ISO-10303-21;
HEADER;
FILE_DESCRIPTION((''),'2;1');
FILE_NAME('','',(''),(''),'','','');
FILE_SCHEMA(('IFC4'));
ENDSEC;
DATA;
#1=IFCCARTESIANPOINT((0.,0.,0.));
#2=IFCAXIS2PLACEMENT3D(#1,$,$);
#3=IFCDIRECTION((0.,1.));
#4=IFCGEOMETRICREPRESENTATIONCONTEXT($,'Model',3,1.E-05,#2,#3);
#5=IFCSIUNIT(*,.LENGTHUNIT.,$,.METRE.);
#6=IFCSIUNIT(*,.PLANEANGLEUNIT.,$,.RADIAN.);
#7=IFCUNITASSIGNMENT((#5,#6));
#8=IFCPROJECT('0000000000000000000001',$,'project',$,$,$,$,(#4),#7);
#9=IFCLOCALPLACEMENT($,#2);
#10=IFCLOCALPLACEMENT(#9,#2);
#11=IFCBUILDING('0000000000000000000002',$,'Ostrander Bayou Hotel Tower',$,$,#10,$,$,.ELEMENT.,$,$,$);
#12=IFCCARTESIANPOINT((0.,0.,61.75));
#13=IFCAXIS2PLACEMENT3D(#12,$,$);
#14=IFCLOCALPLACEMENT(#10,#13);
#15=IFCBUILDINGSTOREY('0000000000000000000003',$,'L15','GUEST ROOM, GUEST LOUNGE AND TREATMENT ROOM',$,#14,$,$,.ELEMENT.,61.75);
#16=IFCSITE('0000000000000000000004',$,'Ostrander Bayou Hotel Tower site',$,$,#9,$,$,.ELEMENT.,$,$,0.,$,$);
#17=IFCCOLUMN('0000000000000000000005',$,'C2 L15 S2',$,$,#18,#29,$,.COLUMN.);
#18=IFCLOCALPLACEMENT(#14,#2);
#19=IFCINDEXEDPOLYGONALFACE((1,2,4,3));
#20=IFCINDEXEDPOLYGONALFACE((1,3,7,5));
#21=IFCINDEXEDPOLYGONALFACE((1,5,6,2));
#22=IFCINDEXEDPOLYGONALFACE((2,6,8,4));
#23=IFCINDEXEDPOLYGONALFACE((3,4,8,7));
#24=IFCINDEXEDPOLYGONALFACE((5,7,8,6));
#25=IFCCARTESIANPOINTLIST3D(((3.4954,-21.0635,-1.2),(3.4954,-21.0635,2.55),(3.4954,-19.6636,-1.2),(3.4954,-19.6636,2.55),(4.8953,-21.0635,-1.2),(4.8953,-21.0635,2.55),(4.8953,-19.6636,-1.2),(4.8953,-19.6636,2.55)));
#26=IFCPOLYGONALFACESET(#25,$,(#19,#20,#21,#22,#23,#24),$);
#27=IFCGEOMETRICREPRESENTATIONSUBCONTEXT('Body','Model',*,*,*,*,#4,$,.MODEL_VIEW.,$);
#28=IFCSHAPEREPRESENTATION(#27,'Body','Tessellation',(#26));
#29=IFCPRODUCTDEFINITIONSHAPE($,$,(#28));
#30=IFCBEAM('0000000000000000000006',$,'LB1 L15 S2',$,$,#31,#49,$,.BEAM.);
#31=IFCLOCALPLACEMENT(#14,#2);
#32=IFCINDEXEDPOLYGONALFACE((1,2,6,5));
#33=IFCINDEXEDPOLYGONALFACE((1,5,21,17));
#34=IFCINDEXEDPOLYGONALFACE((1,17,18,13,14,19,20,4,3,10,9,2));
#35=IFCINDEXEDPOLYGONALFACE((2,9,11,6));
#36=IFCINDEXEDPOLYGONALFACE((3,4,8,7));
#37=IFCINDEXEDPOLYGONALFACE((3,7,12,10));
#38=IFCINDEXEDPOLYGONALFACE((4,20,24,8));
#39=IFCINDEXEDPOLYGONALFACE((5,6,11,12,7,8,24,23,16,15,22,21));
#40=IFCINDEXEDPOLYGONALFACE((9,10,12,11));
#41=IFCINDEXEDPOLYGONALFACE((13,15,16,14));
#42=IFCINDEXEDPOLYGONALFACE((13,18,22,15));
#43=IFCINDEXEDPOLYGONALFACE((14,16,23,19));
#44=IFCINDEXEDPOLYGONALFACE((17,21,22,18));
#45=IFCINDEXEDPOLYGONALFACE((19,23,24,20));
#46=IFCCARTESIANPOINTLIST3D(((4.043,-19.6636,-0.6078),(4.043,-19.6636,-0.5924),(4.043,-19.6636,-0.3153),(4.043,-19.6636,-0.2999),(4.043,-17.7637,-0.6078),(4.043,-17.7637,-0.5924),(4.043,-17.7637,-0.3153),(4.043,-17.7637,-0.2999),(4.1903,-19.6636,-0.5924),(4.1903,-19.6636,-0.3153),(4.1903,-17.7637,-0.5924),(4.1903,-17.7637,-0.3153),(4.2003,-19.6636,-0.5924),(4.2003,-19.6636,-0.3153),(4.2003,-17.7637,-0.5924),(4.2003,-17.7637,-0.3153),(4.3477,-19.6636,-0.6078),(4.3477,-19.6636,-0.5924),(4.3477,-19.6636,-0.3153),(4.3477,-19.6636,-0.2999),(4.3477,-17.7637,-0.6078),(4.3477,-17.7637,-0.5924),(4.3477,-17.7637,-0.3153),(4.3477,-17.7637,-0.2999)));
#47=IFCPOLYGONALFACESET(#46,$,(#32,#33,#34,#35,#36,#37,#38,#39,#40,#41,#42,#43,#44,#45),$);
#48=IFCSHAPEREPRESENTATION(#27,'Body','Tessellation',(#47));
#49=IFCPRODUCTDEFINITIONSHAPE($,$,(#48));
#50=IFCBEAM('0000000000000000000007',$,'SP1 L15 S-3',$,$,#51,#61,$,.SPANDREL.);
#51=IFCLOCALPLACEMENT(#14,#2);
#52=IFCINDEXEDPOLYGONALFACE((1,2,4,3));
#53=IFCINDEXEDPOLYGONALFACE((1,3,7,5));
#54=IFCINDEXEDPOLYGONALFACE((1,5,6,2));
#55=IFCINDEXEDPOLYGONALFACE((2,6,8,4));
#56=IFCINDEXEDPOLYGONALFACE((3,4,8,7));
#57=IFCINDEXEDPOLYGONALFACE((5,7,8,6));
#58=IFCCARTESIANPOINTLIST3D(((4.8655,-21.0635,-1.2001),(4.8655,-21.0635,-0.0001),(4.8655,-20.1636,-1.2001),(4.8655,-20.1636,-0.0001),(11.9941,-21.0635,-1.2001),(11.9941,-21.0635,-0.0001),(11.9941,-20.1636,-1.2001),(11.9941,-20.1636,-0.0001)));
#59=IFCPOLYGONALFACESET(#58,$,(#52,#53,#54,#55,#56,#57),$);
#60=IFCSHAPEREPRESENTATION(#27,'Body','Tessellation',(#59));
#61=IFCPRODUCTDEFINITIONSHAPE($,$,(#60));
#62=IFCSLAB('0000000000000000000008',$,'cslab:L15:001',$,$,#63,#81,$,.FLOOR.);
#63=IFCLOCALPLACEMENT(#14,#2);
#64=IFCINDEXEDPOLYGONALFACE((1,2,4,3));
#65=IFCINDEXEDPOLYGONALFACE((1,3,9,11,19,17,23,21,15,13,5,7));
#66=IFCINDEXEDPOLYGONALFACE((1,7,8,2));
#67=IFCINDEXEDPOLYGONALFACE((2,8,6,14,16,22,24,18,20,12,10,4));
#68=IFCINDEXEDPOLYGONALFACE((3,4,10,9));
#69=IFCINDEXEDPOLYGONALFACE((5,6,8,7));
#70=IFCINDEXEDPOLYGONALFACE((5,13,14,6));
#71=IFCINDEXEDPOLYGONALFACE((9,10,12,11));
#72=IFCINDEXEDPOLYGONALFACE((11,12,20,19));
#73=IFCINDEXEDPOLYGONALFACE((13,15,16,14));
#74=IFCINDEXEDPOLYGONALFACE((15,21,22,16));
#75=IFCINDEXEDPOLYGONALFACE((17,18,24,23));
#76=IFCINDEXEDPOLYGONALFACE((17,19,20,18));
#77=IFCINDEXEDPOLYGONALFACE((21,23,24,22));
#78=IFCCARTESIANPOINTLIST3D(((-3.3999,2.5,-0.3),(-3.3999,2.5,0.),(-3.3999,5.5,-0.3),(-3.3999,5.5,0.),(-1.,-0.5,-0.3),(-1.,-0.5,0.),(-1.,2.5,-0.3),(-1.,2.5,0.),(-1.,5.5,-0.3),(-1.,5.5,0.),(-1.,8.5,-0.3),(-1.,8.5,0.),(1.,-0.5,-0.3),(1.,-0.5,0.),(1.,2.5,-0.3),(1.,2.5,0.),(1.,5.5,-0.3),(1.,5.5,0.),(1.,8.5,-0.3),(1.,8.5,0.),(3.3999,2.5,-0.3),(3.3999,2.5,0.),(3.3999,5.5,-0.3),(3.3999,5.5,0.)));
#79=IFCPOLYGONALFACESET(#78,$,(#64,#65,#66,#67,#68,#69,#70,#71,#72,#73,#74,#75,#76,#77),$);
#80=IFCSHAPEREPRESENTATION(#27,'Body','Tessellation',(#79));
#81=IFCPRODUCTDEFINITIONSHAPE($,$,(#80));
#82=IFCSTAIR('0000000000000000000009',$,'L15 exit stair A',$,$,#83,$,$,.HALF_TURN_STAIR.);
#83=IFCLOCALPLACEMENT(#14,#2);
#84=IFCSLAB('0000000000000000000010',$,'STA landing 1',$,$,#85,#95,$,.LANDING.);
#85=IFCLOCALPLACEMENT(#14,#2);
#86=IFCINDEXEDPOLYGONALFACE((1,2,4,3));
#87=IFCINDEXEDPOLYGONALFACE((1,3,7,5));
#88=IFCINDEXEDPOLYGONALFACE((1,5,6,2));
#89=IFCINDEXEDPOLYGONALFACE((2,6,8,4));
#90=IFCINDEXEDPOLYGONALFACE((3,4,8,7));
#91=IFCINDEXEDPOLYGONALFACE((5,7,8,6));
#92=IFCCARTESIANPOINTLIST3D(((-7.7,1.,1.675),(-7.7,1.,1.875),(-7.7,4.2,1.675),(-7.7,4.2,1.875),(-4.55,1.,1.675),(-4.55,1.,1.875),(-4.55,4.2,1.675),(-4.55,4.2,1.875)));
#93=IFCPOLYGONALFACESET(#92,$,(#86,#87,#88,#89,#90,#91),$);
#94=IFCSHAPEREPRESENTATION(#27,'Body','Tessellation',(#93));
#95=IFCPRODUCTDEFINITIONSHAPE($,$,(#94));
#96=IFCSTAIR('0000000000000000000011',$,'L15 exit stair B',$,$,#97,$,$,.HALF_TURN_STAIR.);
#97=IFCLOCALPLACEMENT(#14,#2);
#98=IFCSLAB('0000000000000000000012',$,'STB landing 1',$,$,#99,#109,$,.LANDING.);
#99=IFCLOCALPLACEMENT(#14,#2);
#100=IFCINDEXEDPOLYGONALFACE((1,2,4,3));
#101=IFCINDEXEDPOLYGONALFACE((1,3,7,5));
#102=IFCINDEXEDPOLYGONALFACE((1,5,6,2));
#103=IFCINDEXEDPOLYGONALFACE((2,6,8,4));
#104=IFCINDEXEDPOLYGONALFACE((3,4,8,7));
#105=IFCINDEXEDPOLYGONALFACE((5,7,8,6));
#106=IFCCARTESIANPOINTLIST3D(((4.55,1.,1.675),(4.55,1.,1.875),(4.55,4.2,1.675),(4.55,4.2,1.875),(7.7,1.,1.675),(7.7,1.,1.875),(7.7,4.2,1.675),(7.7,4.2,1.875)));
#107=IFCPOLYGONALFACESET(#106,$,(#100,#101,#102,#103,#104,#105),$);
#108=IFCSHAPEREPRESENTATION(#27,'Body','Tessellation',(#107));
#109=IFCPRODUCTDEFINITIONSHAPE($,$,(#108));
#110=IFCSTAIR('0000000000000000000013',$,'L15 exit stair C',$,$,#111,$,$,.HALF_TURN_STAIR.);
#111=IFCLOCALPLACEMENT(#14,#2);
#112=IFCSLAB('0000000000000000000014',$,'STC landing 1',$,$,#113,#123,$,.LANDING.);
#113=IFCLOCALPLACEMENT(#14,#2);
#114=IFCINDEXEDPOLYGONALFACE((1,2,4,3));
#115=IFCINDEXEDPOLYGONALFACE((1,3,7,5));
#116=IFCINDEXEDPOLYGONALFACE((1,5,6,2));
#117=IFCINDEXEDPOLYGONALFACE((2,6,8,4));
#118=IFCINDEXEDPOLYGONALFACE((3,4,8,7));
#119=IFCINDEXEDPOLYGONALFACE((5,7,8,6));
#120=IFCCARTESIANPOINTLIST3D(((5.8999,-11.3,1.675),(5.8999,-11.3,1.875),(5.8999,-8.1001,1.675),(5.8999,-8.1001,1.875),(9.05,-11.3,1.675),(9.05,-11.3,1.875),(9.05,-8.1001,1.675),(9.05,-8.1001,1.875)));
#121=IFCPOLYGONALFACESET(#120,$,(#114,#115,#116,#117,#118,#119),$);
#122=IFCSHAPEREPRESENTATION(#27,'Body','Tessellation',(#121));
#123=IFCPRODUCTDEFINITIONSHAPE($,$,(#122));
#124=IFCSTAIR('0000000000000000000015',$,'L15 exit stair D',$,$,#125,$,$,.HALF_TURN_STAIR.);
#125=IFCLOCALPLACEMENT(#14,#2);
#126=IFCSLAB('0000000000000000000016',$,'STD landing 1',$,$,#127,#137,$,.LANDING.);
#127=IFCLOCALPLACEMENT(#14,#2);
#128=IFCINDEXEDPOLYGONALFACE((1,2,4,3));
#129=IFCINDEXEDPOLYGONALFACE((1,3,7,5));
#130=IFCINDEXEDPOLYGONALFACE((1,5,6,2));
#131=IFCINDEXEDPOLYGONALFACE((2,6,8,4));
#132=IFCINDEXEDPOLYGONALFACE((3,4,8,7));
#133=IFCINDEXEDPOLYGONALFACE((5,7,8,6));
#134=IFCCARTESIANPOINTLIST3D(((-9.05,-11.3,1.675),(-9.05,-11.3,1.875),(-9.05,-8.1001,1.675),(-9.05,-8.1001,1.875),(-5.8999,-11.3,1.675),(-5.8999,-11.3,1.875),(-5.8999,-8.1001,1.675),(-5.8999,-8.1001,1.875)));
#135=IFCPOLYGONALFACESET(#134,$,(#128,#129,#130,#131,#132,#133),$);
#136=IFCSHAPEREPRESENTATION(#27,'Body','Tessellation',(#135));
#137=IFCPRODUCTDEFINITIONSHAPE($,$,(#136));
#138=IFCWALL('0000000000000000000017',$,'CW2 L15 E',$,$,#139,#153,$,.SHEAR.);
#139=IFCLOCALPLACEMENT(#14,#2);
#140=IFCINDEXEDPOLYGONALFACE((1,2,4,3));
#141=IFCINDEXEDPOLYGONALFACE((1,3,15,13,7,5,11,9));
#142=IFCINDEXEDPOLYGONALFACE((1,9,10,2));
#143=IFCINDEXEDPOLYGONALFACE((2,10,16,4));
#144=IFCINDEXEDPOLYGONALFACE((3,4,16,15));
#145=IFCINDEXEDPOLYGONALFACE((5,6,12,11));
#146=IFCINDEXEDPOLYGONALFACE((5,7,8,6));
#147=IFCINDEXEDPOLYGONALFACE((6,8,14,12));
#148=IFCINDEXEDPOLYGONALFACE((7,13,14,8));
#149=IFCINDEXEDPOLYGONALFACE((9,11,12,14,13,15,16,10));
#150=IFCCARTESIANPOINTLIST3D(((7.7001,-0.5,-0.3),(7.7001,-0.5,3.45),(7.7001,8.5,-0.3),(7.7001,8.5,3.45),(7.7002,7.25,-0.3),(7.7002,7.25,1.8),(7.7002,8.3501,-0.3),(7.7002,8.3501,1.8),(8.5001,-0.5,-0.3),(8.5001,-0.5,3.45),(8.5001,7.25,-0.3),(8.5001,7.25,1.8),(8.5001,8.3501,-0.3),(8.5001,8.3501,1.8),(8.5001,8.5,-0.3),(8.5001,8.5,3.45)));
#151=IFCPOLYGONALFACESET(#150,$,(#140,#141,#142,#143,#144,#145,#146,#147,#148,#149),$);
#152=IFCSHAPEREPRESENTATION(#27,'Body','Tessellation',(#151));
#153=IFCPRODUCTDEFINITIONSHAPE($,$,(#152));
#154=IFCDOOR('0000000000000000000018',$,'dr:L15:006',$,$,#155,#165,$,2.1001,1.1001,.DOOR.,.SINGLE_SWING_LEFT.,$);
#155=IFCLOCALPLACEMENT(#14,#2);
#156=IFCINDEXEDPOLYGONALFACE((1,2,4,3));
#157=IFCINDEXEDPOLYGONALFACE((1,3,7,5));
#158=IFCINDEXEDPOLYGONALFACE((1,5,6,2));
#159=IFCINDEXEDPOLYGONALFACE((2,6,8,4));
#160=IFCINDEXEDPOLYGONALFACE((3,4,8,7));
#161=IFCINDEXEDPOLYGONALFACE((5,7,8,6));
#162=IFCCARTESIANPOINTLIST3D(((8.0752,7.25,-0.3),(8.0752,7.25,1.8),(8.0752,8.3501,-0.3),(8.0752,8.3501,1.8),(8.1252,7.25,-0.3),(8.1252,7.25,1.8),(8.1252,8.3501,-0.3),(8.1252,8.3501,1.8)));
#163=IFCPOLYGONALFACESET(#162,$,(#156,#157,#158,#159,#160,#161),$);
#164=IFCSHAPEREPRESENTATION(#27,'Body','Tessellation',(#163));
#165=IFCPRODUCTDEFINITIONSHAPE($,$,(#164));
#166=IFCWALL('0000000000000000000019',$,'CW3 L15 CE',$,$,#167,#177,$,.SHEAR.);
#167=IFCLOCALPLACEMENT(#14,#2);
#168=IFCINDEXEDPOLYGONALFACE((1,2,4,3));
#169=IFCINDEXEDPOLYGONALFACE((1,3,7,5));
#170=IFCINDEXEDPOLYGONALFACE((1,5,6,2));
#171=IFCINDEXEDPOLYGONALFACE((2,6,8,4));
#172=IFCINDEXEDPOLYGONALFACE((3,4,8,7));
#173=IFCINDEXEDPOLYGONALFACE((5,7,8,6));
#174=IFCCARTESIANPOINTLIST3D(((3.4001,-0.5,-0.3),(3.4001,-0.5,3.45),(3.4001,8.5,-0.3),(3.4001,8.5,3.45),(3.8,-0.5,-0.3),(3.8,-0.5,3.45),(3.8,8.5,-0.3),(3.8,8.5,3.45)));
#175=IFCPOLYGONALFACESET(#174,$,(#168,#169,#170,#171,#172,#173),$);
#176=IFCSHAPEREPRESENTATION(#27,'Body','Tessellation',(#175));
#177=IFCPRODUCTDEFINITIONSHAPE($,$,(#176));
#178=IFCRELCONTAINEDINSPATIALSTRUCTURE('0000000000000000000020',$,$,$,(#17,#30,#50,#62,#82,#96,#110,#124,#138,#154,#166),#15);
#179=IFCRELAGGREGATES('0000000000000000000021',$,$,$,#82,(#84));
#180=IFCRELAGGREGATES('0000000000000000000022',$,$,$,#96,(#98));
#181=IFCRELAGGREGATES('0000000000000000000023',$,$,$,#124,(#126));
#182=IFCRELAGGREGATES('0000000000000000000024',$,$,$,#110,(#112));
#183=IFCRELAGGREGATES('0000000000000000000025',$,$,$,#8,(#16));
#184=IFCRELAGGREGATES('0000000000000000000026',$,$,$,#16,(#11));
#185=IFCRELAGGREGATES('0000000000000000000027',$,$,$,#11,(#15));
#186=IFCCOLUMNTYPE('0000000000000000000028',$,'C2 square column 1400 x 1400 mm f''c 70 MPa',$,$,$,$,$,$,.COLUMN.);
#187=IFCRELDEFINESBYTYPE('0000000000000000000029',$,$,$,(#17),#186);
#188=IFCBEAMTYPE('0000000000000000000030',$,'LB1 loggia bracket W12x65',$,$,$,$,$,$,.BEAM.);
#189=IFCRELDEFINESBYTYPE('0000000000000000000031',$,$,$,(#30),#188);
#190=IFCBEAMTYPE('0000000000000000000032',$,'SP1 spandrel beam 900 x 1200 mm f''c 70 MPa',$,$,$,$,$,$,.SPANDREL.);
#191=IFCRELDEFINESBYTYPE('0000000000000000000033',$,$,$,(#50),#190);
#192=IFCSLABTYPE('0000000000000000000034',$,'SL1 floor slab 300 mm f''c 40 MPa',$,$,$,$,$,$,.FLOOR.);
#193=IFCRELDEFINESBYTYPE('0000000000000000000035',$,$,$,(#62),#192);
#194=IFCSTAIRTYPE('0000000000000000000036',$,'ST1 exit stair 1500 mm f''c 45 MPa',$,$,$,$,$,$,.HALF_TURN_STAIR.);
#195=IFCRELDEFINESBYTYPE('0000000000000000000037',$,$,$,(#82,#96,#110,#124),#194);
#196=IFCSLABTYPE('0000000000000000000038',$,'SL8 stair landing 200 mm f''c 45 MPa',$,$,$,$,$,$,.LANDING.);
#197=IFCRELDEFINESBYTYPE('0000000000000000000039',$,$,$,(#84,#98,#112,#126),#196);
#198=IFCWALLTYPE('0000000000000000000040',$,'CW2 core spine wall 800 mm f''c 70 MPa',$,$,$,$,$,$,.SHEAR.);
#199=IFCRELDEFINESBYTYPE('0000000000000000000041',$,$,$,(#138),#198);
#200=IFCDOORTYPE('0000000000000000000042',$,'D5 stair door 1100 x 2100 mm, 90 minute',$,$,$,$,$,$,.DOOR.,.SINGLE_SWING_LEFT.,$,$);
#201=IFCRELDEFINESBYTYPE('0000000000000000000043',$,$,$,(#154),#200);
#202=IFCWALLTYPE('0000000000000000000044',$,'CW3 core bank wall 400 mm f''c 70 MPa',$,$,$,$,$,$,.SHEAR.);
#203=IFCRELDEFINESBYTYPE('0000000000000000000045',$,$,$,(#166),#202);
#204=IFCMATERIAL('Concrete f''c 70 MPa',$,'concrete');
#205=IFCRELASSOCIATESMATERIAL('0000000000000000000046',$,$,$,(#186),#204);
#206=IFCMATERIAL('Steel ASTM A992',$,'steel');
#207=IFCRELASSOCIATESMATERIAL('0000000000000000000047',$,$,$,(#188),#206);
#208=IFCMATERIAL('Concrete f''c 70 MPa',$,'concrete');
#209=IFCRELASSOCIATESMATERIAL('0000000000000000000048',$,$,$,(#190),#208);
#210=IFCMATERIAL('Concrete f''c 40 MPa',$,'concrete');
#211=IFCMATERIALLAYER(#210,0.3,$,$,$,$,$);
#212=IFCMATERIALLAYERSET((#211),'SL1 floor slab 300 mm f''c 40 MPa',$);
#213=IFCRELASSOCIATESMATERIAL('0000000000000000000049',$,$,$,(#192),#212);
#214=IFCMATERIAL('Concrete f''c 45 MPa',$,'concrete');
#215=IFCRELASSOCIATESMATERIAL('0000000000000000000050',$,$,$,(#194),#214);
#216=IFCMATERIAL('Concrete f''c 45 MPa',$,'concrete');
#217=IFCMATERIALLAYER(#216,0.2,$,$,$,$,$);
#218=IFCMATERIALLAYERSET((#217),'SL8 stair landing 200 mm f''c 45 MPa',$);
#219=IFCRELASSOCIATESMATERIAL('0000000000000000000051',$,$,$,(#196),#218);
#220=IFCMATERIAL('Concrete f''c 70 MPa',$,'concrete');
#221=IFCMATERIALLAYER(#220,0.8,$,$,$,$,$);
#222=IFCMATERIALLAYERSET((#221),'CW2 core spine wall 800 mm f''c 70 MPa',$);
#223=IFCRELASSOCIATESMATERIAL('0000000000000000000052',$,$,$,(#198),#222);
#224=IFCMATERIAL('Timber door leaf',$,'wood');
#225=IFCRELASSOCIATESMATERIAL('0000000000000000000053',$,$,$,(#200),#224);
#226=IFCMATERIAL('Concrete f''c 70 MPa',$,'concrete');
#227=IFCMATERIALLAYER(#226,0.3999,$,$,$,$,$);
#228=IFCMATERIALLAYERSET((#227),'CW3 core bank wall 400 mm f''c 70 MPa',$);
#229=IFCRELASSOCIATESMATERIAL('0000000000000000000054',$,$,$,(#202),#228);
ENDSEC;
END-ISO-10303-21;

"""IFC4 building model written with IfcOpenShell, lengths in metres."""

from ifc_helpers import new_model, si_unit, direction, frame, frame_2d, origin, origin_2d, place, context, subcontext, project, spatial, polyline, rectangle, i_section, outline, extrude, material, layer, layer_set, material_profile, profile_set, type_object, element, fill, aggregate, save


model = new_model("IFC4")

# Units and contexts
model_context = context("Model", 3, precision=1e-05, world=origin(), true_north=direction((0.0, 1.0)))
body_context = subcontext(model_context, "Body", "Model", "MODEL_VIEW")
ifc_project = project(units=[si_unit("LENGTHUNIT", "METRE"), si_unit("PLANEANGLEUNIT", "RADIAN")], contexts=[model_context])

# Site, building, storey
site_placement = place(None, origin())
site = spatial("IfcSite", under=ifc_project, at=site_placement, Name="Ostrander Bayou Hotel Tower site", CompositionType="ELEMENT", RefElevation=0.0)
building_placement = place(site_placement, origin())
building = spatial("IfcBuilding", under=site, at=building_placement, Name="Ostrander Bayou Hotel Tower", CompositionType="ELEMENT")
storey_placement = place(building_placement, frame((0.0, 0.0, 61.75)))
storey = spatial("IfcBuildingStorey", under=building, at=storey_placement, Name="L15", Description="GUEST ROOM, GUEST LOUNGE AND TREATMENT ROOM", CompositionType="ELEMENT", Elevation=61.75)

# Column
ifc_material_1 = material(Name="Concrete f'c 70 MPa", Category="concrete")
ifc_material_profile_1 = material_profile(ifc_material_1, rectangle(XDim=1.3999, YDim=1.3999, at=origin_2d()))
ifc_profile_set_1 = profile_set([ifc_material_profile_1], Name="Concrete f'c 70 MPa")
column_type = type_object("IfcColumnType", Name="C2 square column 1400 x 1400 mm f'c 70 MPa", PredefinedType="COLUMN", material=ifc_profile_set_1)
column_placement = place(storey_placement, frame((4.1953, -20.3635, -1.2), z_axis=(0.0, 0.0, 1.0), x_axis=(-1.0, 0.0, 0.0)))
element("IfcColumn", 1, at=column_placement, inside=storey, type_object=column_type, Name="C2 L15 S2", PredefinedType="COLUMN", context=body_context, shape_type="SweptSolid", body=[
    extrude(rectangle(XDim=1.3999, YDim=1.3999, at=origin_2d()), origin(), (0.0, 0.0, 1.0), 3.75),
])

# Beams
ifc_material_2 = material(Name="Steel ASTM A992", Category="steel")
ifc_material_profile_2 = material_profile(ifc_material_2, i_section(OverallWidth=0.3047, OverallDepth=0.3079, WebThickness=0.01, FlangeThickness=0.0154, at=origin_2d()))
ifc_profile_set_2 = profile_set([ifc_material_profile_2], Name="Steel ASTM A992")
beam_type_1 = type_object("IfcBeamType", Name="LB1 loggia bracket W12x65", PredefinedType="BEAM", material=ifc_profile_set_2)
beam_1_placement = place(storey_placement, frame((4.1953, -19.6636, -0.4539), z_axis=(0.0, 1.0, 0.0), x_axis=(-1.0, 0.0, 0.0)))
element("IfcBeam", 2, at=beam_1_placement, inside=storey, type_object=beam_type_1, Name="LB1 L15 S2", PredefinedType="BEAM", context=body_context, shape_type="SweptSolid", body=[
    extrude(i_section(OverallWidth=0.3047, OverallDepth=0.3079, WebThickness=0.01, FlangeThickness=0.0154, at=origin_2d()), origin(), (0.0, 0.0, 1.0), 1.8999),
])
ifc_material_3 = material(Name="Concrete f'c 70 MPa", Category="concrete")
ifc_material_profile_3 = material_profile(ifc_material_3, rectangle(XDim=0.8999, YDim=1.2, at=origin_2d()))
ifc_profile_set_3 = profile_set([ifc_material_profile_3], Name="Concrete f'c 70 MPa")
beam_type_2 = type_object("IfcBeamType", Name="SP1 spandrel beam 900 x 1200 mm f'c 70 MPa", PredefinedType="SPANDREL", material=ifc_profile_set_3)
beam_2_placement = place(storey_placement, frame((4.8655, -20.6135, -0.6001), z_axis=(1.0, 0.0, 0.0), x_axis=(0.0, 1.0, 0.0)))
element("IfcBeam", 3, at=beam_2_placement, inside=storey, type_object=beam_type_2, Name="SP1 L15 S-3", PredefinedType="SPANDREL", context=body_context, shape_type="SweptSolid", body=[
    extrude(rectangle(XDim=0.8999, YDim=1.2, at=origin_2d()), origin(), (0.0, 0.0, 1.0), 7.1287),
])

# Slab
ifc_material_4 = material(Name="Concrete f'c 40 MPa", Category="concrete")
ifc_layer_1 = layer(ifc_material_4, 0.3)
ifc_layer_set_1 = layer_set([ifc_layer_1], Name="SL1 floor slab 300 mm f'c 40 MPa")
slab_type_1 = type_object("IfcSlabType", Name="SL1 floor slab 300 mm f'c 40 MPa", PredefinedType="FLOOR", material=ifc_layer_set_1)
slab_1_placement = place(storey_placement, frame((0.0, 0.0, -0.3)))
element("IfcSlab", 4, at=slab_1_placement, inside=storey, type_object=slab_type_1, Name="cslab:L15:001", PredefinedType="FLOOR", context=body_context, shape_type="SweptSolid", body=[
    extrude(outline(polyline([(-3.3999, 5.5), (-1.0, 5.5), (-1.0, 8.5), (1.0, 8.5), (1.0, 5.5), (3.3999, 5.5), (3.3999, 2.5), (1.0, 2.5), (1.0, -0.5), (-1.0, -0.5), (-1.0, 2.5), (-3.3999, 2.5), (-3.3999, 5.5)])), origin(), (0.0, 0.0, 1.0), 0.3),
])

# Stairs, slabs
ifc_material_5 = material(Name="Concrete f'c 45 MPa", Category="concrete")
stair_type = type_object("IfcStairType", Name="ST1 exit stair 1500 mm f'c 45 MPa", PredefinedType="HALF_TURN_STAIR", material=ifc_material_5)
stair_1_placement = place(storey_placement, origin())
stair_1 = element("IfcStair", 5, at=stair_1_placement, inside=storey, type_object=stair_type, Name="L15 exit stair A", PredefinedType="HALF_TURN_STAIR")
ifc_material_6 = material(Name="Concrete f'c 45 MPa", Category="concrete")
ifc_layer_2 = layer(ifc_material_6, 0.2)
ifc_layer_set_2 = layer_set([ifc_layer_2], Name="SL8 stair landing 200 mm f'c 45 MPa")
slab_type_2 = type_object("IfcSlabType", Name="SL8 stair landing 200 mm f'c 45 MPa", PredefinedType="LANDING", material=ifc_layer_set_2)
slab_2_placement = place(storey_placement, frame((0.0, 0.0, 1.675)))
slab_2 = element("IfcSlab", 6, at=slab_2_placement, type_object=slab_type_2, Name="STA landing 1", PredefinedType="LANDING", context=body_context, shape_type="SweptSolid", body=[
    extrude(outline(polyline([(-7.7, 4.2), (-7.7, 1.0), (-4.55, 1.0), (-4.55, 4.2), (-7.7, 4.2)])), origin(), (0.0, 0.0, 1.0), 0.2),
])
aggregate(stair_1, [slab_2])
stair_2_placement = place(storey_placement, origin())
stair_2 = element("IfcStair", 7, at=stair_2_placement, inside=storey, type_object=stair_type, Name="L15 exit stair B", PredefinedType="HALF_TURN_STAIR")
slab_3_placement = place(storey_placement, frame((0.0, 0.0, 1.675)))
slab_3 = element("IfcSlab", 8, at=slab_3_placement, type_object=slab_type_2, Name="STB landing 1", PredefinedType="LANDING", context=body_context, shape_type="SweptSolid", body=[
    extrude(outline(polyline([(4.55, 4.2), (4.55, 1.0), (7.7, 1.0), (7.7, 4.2), (4.55, 4.2)])), origin(), (0.0, 0.0, 1.0), 0.2),
])
aggregate(stair_2, [slab_3])
stair_3_placement = place(storey_placement, origin())
stair_3 = element("IfcStair", 9, at=stair_3_placement, inside=storey, type_object=stair_type, Name="L15 exit stair C", PredefinedType="HALF_TURN_STAIR")
slab_4_placement = place(storey_placement, frame((0.0, 0.0, 1.675)))
slab_4 = element("IfcSlab", 10, at=slab_4_placement, type_object=slab_type_2, Name="STC landing 1", PredefinedType="LANDING", context=body_context, shape_type="SweptSolid", body=[
    extrude(outline(polyline([(5.8999, -8.1001), (5.8999, -11.3), (9.05, -11.3), (9.05, -8.1001), (5.8999, -8.1001)])), origin(), (0.0, 0.0, 1.0), 0.2),
])
stair_4_placement = place(storey_placement, origin())
stair_4 = element("IfcStair", 11, at=stair_4_placement, inside=storey, type_object=stair_type, Name="L15 exit stair D", PredefinedType="HALF_TURN_STAIR")
slab_5_placement = place(storey_placement, frame((0.0, 0.0, 1.675)))
slab_5 = element("IfcSlab", 12, at=slab_5_placement, type_object=slab_type_2, Name="STD landing 1", PredefinedType="LANDING", context=body_context, shape_type="SweptSolid", body=[
    extrude(outline(polyline([(-9.05, -8.1001), (-9.05, -11.3), (-5.8999, -11.3), (-5.8999, -8.1001), (-9.05, -8.1001)])), origin(), (0.0, 0.0, 1.0), 0.2),
])
aggregate(stair_4, [slab_5])

# Wall, opening, door
ifc_material_7 = material(Name="Concrete f'c 70 MPa", Category="concrete")
ifc_layer_3 = layer(ifc_material_7, 0.8)
ifc_layer_set_3 = layer_set([ifc_layer_3], Name="CW2 core spine wall 800 mm f'c 70 MPa")
wall_type_1 = type_object("IfcWallType", Name="CW2 core spine wall 800 mm f'c 70 MPa", PredefinedType="SHEAR", material=ifc_layer_set_3)
wall_1_placement = place(storey_placement, frame((8.1001, -0.5, -0.3), z_axis=(0.0, 0.0, 1.0), x_axis=(0.0, 1.0, 0.0)))
wall_1 = element("IfcWall", 13, at=wall_1_placement, inside=storey, type_object=wall_type_1, Name="CW2 L15 E", PredefinedType="SHEAR", context=body_context, shape_type="SweptSolid", body=[
    extrude(rectangle(XDim=9.0, YDim=0.8, at=frame_2d((4.5, 0.0))), origin(), (0.0, 0.0, 1.0), 3.75),
])
opening_1_placement = place(wall_1_placement, frame((7.75, 0.0, 0.0)))
opening_1 = element("IfcOpeningElement", 14, at=opening_1_placement, cuts=wall_1, PredefinedType="OPENING", context=body_context, shape_type="SweptSolid", body=[
    extrude(rectangle(XDim=1.1001, YDim=2.1001, at=frame_2d((0.55, 1.05))), frame((0.0, 0.3999, 0.0), z_axis=(0.0, -1.0, 0.0), x_axis=(1.0, 0.0, 0.0)), (0.0, 0.0, 1.0), 0.8),
])
ifc_material_8 = material(Name="Timber door leaf", Category="wood")
door_type_1 = type_object("IfcDoorType", Name="D5 stair door 1100 x 2100 mm, 90 minute", OperationType="SINGLE_SWING_LEFT", PredefinedType="DOOR", material=ifc_material_8)
door_1_placement = place(opening_1_placement, origin())
door_1 = element("IfcDoor", 15, at=door_1_placement, inside=storey, type_object=door_type_1, Name="dr:L15:006", OperationType="SINGLE_SWING_LEFT", OverallHeight=2.1001, OverallWidth=1.1001, PredefinedType="DOOR", context=body_context, shape_type="SweptSolid", body=[
    extrude(rectangle(XDim=1.1001, YDim=2.1001, at=frame_2d((0.55, 1.05))), frame((0.0, 0.0249, 0.0), z_axis=(0.0, -1.0, 0.0), x_axis=(1.0, 0.0, 0.0)), (0.0, 0.0, 1.0), 0.05),
])
fill(opening_1, door_1)

# Wall
ifc_material_9 = material(Name="Concrete f'c 70 MPa", Category="concrete")
ifc_layer_4 = layer(ifc_material_9, 0.3999)
ifc_layer_set_4 = layer_set([ifc_layer_4], Name="CW3 core bank wall 400 mm f'c 70 MPa")
wall_type_2 = type_object("IfcWallType", Name="CW3 core bank wall 400 mm f'c 70 MPa", PredefinedType="SHEAR", material=ifc_layer_set_4)
wall_2_placement = place(storey_placement, frame((3.6001, -0.5, -0.3), z_axis=(0.0, 0.0, 1.0), x_axis=(0.0, 1.0, 0.0)))
element("IfcWall", 16, at=wall_2_placement, inside=storey, type_object=wall_type_2, Name="CW3 L15 CE", PredefinedType="SHEAR", context=body_context, shape_type="SweptSolid", body=[
    extrude(rectangle(XDim=9.0, YDim=0.3999, at=frame_2d((4.5, 0.0))), origin(), (0.0, 0.0, 1.0), 3.75),
])

aggregate(stair_3, [slab_4])

save(model, "model.ifc")
